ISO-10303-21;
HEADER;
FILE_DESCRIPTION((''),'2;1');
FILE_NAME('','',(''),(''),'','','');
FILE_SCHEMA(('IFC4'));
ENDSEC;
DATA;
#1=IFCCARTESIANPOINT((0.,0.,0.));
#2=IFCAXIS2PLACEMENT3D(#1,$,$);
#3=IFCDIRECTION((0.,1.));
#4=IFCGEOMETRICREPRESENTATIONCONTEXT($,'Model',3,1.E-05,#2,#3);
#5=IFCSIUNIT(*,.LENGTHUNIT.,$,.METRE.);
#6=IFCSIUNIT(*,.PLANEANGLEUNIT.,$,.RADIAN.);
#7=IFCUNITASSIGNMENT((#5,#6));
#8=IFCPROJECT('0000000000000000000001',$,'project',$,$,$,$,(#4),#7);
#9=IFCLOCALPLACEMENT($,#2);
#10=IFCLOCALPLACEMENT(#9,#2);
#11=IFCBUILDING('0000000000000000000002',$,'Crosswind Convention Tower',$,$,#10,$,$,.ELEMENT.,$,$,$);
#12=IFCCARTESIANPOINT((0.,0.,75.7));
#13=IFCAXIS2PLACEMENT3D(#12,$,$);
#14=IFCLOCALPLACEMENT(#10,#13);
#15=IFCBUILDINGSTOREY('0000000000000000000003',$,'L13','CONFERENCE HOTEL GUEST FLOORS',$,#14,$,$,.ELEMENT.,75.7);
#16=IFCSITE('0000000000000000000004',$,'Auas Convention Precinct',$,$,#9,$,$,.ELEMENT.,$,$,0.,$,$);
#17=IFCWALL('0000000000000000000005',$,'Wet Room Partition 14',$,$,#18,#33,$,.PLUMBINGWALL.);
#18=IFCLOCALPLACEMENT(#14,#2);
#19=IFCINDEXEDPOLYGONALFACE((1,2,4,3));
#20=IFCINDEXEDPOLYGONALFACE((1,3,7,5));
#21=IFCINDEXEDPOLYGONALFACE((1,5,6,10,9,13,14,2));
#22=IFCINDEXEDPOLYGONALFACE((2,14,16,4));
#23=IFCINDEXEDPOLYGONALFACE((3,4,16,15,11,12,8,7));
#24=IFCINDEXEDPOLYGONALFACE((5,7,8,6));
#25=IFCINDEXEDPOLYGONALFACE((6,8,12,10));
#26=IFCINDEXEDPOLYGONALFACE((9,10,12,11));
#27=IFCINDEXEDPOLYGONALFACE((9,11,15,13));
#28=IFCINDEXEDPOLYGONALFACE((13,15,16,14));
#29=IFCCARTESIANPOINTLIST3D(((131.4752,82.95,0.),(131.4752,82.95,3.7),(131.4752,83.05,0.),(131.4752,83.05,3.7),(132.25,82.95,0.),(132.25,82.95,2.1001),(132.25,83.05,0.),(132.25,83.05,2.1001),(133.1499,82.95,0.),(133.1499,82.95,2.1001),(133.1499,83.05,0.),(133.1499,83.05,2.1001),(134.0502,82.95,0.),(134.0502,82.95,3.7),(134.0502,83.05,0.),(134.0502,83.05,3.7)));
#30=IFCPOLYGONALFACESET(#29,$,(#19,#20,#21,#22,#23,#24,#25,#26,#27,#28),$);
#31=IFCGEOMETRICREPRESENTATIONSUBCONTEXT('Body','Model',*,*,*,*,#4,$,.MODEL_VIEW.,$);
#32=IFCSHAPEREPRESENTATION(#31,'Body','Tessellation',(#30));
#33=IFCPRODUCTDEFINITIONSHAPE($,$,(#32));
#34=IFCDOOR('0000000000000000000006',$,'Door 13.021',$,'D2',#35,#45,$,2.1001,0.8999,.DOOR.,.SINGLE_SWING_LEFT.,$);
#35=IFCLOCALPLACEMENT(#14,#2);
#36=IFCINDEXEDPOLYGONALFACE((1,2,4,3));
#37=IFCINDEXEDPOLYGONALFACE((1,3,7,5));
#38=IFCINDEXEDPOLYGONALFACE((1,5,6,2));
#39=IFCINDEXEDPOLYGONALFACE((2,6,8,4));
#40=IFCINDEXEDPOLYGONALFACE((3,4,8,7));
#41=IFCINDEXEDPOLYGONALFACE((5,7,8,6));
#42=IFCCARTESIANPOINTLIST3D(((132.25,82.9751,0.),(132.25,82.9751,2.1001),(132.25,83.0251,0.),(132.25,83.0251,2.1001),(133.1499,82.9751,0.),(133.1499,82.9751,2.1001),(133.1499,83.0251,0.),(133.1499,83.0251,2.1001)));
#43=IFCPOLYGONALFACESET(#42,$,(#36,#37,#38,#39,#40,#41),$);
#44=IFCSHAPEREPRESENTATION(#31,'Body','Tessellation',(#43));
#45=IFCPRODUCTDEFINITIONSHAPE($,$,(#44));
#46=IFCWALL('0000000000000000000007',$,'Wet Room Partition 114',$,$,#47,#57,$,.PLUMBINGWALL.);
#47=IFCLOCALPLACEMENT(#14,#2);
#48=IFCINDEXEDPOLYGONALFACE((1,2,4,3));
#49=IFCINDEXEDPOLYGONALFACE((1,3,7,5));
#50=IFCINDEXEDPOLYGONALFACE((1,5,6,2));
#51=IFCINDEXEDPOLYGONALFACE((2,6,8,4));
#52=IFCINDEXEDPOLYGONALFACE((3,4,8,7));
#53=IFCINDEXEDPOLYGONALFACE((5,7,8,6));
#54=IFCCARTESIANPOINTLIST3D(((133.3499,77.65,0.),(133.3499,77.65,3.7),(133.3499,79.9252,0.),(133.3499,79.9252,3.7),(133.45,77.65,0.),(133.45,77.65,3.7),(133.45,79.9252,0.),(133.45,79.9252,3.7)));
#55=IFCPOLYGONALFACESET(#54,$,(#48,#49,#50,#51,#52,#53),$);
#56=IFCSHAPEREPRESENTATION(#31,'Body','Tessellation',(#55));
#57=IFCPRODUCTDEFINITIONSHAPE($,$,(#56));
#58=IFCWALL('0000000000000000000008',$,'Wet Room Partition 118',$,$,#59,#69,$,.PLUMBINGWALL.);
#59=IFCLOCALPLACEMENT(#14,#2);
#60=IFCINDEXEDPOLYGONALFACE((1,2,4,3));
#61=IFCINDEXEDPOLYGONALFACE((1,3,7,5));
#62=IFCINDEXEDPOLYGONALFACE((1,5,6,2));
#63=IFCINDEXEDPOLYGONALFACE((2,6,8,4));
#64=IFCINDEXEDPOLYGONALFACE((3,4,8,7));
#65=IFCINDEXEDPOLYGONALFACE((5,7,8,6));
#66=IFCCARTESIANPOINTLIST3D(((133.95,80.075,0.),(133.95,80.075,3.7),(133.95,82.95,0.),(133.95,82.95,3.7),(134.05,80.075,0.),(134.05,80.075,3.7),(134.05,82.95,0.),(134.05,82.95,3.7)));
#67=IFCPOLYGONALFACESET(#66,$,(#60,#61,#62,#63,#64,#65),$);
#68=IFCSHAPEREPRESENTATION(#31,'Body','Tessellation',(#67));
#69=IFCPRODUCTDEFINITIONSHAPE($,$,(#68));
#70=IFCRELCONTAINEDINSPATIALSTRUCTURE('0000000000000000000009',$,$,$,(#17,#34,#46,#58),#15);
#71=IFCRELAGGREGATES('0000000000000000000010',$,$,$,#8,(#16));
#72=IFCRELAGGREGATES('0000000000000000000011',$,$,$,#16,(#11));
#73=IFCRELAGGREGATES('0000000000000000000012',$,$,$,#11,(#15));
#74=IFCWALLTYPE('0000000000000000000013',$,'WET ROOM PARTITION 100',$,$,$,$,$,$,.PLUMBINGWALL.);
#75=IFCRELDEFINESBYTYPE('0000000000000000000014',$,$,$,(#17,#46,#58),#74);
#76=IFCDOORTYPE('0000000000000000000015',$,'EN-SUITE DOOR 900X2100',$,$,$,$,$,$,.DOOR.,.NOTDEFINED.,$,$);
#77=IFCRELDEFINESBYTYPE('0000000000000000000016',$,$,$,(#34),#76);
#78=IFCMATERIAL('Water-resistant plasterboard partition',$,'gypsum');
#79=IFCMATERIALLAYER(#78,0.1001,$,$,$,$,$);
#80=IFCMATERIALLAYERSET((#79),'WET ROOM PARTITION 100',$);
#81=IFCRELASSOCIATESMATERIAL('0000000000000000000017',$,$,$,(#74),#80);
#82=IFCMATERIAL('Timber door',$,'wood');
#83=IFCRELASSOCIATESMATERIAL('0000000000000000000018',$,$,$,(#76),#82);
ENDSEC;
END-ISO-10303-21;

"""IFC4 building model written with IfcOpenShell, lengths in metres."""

from ifc_helpers import new_model, si_unit, direction, frame, frame_2d, origin, place, context, subcontext, project, spatial, rectangle, extrude, material, layer, layer_set, type_object, element, fill, save


model = new_model("IFC4")

# Units and contexts
model_context = context("Model", 3, precision=1e-05, world=origin(), true_north=direction((0.0, 1.0)))
body_context = subcontext(model_context, "Body", "Model", "MODEL_VIEW")
ifc_project = project(units=[si_unit("LENGTHUNIT", "METRE"), si_unit("PLANEANGLEUNIT", "RADIAN")], contexts=[model_context])

# Site, building, storey
site_placement = place(None, origin())
site = spatial("IfcSite", under=ifc_project, at=site_placement, Name="Auas Convention Precinct", CompositionType="ELEMENT", RefElevation=0.0)
building_placement = place(site_placement, origin())
building = spatial("IfcBuilding", under=site, at=building_placement, Name="Crosswind Convention Tower", CompositionType="ELEMENT")
storey_placement = place(building_placement, frame((0.0, 0.0, 75.7)))
storey = spatial("IfcBuildingStorey", under=building, at=storey_placement, Name="L13", Description="CONFERENCE HOTEL GUEST FLOORS", CompositionType="ELEMENT", Elevation=75.7)

# Wall, opening, door
ifc_material_1 = material(Name="Water-resistant plasterboard partition", Category="gypsum")
ifc_layer_1 = layer(ifc_material_1, 0.1001)
ifc_layer_set_1 = layer_set([ifc_layer_1], Name="WET ROOM PARTITION 100")
wall_type_1 = type_object("IfcWallType", Name="WET ROOM PARTITION 100", PredefinedType="PLUMBINGWALL", material=ifc_layer_set_1)
ifc_material_2 = material(Name="Timber door", Category="wood")
door_type_1 = type_object("IfcDoorType", Name="EN-SUITE DOOR 900X2100", OperationType="NOTDEFINED", PredefinedType="DOOR", material=ifc_material_2)
wall_1_placement = place(storey_placement, frame((131.4751, 83.0, 0.0), z_axis=(0.0, 0.0, 1.0), x_axis=(1.0, 0.0, 0.0)))
wall_1 = element("IfcWall", 1, at=wall_1_placement, inside=storey, type_object=wall_type_1, Name="Wet Room Partition 14", PredefinedType="PLUMBINGWALL", context=body_context, shape_type="SweptSolid", body=[
    extrude(rectangle(XDim=2.575, YDim=0.1001, at=frame_2d((1.2876, 0.0))), origin(), (0.0, 0.0, 1.0), 3.7),
])
opening_1_placement = place(wall_1_placement, frame((0.7749, 0.0, 0.0)))
opening_1 = element("IfcOpeningElement", 2, at=opening_1_placement, cuts=wall_1, PredefinedType="OPENING", context=body_context, shape_type="SweptSolid", body=[
    extrude(rectangle(XDim=0.8999, YDim=2.1001, at=frame_2d((0.45, 1.05))), frame((0.0, 0.0601, 0.0), z_axis=(0.0, -1.0, 0.0), x_axis=(1.0, 0.0, 0.0)), (0.0, 0.0, 1.0), 0.1201),
])
door_1_placement = place(opening_1_placement, frame((0.8999, 0.0, 0.0), z_axis=(0.0, 0.0, 1.0), x_axis=(-1.0, 0.0, 0.0)))
door_1 = element("IfcDoor", 3, at=door_1_placement, inside=storey, type_object=door_type_1, Name="Door 13.021", ObjectType="D2", OperationType="SINGLE_SWING_LEFT", OverallHeight=2.1001, OverallWidth=0.8999, PredefinedType="DOOR", context=body_context, shape_type="SweptSolid", body=[
    extrude(rectangle(XDim=0.8999, YDim=2.1001, at=frame_2d((0.45, 1.05))), frame((0.0, 0.0249, 0.0), z_axis=(0.0, -1.0, 0.0), x_axis=(1.0, 0.0, 0.0)), (0.0, 0.0, 1.0), 0.05),
])
fill(opening_1, door_1)

# Walls
wall_2_placement = place(storey_placement, frame((133.3999, 77.6499, 0.0), z_axis=(0.0, 0.0, 1.0), x_axis=(0.0, 1.0, 0.0)))
element("IfcWall", 4, at=wall_2_placement, inside=storey, type_object=wall_type_1, Name="Wet Room Partition 114", PredefinedType="PLUMBINGWALL", context=body_context, shape_type="SweptSolid", body=[
    extrude(rectangle(XDim=2.2751, YDim=0.1001, at=frame_2d((1.1377, 0.0))), origin(), (0.0, 0.0, 1.0), 3.7),
])
wall_3_placement = place(storey_placement, frame((134.0, 80.075, 0.0), z_axis=(0.0, 0.0, 1.0), x_axis=(0.0, 1.0, 0.0)))
element("IfcWall", 5, at=wall_3_placement, inside=storey, type_object=wall_type_1, Name="Wet Room Partition 118", PredefinedType="PLUMBINGWALL", context=body_context, shape_type="SweptSolid", body=[
    extrude(rectangle(XDim=2.875, YDim=0.1001, at=frame_2d((1.4375, 0.0))), origin(), (0.0, 0.0, 1.0), 3.7),
])

save(model, "model.ifc")
